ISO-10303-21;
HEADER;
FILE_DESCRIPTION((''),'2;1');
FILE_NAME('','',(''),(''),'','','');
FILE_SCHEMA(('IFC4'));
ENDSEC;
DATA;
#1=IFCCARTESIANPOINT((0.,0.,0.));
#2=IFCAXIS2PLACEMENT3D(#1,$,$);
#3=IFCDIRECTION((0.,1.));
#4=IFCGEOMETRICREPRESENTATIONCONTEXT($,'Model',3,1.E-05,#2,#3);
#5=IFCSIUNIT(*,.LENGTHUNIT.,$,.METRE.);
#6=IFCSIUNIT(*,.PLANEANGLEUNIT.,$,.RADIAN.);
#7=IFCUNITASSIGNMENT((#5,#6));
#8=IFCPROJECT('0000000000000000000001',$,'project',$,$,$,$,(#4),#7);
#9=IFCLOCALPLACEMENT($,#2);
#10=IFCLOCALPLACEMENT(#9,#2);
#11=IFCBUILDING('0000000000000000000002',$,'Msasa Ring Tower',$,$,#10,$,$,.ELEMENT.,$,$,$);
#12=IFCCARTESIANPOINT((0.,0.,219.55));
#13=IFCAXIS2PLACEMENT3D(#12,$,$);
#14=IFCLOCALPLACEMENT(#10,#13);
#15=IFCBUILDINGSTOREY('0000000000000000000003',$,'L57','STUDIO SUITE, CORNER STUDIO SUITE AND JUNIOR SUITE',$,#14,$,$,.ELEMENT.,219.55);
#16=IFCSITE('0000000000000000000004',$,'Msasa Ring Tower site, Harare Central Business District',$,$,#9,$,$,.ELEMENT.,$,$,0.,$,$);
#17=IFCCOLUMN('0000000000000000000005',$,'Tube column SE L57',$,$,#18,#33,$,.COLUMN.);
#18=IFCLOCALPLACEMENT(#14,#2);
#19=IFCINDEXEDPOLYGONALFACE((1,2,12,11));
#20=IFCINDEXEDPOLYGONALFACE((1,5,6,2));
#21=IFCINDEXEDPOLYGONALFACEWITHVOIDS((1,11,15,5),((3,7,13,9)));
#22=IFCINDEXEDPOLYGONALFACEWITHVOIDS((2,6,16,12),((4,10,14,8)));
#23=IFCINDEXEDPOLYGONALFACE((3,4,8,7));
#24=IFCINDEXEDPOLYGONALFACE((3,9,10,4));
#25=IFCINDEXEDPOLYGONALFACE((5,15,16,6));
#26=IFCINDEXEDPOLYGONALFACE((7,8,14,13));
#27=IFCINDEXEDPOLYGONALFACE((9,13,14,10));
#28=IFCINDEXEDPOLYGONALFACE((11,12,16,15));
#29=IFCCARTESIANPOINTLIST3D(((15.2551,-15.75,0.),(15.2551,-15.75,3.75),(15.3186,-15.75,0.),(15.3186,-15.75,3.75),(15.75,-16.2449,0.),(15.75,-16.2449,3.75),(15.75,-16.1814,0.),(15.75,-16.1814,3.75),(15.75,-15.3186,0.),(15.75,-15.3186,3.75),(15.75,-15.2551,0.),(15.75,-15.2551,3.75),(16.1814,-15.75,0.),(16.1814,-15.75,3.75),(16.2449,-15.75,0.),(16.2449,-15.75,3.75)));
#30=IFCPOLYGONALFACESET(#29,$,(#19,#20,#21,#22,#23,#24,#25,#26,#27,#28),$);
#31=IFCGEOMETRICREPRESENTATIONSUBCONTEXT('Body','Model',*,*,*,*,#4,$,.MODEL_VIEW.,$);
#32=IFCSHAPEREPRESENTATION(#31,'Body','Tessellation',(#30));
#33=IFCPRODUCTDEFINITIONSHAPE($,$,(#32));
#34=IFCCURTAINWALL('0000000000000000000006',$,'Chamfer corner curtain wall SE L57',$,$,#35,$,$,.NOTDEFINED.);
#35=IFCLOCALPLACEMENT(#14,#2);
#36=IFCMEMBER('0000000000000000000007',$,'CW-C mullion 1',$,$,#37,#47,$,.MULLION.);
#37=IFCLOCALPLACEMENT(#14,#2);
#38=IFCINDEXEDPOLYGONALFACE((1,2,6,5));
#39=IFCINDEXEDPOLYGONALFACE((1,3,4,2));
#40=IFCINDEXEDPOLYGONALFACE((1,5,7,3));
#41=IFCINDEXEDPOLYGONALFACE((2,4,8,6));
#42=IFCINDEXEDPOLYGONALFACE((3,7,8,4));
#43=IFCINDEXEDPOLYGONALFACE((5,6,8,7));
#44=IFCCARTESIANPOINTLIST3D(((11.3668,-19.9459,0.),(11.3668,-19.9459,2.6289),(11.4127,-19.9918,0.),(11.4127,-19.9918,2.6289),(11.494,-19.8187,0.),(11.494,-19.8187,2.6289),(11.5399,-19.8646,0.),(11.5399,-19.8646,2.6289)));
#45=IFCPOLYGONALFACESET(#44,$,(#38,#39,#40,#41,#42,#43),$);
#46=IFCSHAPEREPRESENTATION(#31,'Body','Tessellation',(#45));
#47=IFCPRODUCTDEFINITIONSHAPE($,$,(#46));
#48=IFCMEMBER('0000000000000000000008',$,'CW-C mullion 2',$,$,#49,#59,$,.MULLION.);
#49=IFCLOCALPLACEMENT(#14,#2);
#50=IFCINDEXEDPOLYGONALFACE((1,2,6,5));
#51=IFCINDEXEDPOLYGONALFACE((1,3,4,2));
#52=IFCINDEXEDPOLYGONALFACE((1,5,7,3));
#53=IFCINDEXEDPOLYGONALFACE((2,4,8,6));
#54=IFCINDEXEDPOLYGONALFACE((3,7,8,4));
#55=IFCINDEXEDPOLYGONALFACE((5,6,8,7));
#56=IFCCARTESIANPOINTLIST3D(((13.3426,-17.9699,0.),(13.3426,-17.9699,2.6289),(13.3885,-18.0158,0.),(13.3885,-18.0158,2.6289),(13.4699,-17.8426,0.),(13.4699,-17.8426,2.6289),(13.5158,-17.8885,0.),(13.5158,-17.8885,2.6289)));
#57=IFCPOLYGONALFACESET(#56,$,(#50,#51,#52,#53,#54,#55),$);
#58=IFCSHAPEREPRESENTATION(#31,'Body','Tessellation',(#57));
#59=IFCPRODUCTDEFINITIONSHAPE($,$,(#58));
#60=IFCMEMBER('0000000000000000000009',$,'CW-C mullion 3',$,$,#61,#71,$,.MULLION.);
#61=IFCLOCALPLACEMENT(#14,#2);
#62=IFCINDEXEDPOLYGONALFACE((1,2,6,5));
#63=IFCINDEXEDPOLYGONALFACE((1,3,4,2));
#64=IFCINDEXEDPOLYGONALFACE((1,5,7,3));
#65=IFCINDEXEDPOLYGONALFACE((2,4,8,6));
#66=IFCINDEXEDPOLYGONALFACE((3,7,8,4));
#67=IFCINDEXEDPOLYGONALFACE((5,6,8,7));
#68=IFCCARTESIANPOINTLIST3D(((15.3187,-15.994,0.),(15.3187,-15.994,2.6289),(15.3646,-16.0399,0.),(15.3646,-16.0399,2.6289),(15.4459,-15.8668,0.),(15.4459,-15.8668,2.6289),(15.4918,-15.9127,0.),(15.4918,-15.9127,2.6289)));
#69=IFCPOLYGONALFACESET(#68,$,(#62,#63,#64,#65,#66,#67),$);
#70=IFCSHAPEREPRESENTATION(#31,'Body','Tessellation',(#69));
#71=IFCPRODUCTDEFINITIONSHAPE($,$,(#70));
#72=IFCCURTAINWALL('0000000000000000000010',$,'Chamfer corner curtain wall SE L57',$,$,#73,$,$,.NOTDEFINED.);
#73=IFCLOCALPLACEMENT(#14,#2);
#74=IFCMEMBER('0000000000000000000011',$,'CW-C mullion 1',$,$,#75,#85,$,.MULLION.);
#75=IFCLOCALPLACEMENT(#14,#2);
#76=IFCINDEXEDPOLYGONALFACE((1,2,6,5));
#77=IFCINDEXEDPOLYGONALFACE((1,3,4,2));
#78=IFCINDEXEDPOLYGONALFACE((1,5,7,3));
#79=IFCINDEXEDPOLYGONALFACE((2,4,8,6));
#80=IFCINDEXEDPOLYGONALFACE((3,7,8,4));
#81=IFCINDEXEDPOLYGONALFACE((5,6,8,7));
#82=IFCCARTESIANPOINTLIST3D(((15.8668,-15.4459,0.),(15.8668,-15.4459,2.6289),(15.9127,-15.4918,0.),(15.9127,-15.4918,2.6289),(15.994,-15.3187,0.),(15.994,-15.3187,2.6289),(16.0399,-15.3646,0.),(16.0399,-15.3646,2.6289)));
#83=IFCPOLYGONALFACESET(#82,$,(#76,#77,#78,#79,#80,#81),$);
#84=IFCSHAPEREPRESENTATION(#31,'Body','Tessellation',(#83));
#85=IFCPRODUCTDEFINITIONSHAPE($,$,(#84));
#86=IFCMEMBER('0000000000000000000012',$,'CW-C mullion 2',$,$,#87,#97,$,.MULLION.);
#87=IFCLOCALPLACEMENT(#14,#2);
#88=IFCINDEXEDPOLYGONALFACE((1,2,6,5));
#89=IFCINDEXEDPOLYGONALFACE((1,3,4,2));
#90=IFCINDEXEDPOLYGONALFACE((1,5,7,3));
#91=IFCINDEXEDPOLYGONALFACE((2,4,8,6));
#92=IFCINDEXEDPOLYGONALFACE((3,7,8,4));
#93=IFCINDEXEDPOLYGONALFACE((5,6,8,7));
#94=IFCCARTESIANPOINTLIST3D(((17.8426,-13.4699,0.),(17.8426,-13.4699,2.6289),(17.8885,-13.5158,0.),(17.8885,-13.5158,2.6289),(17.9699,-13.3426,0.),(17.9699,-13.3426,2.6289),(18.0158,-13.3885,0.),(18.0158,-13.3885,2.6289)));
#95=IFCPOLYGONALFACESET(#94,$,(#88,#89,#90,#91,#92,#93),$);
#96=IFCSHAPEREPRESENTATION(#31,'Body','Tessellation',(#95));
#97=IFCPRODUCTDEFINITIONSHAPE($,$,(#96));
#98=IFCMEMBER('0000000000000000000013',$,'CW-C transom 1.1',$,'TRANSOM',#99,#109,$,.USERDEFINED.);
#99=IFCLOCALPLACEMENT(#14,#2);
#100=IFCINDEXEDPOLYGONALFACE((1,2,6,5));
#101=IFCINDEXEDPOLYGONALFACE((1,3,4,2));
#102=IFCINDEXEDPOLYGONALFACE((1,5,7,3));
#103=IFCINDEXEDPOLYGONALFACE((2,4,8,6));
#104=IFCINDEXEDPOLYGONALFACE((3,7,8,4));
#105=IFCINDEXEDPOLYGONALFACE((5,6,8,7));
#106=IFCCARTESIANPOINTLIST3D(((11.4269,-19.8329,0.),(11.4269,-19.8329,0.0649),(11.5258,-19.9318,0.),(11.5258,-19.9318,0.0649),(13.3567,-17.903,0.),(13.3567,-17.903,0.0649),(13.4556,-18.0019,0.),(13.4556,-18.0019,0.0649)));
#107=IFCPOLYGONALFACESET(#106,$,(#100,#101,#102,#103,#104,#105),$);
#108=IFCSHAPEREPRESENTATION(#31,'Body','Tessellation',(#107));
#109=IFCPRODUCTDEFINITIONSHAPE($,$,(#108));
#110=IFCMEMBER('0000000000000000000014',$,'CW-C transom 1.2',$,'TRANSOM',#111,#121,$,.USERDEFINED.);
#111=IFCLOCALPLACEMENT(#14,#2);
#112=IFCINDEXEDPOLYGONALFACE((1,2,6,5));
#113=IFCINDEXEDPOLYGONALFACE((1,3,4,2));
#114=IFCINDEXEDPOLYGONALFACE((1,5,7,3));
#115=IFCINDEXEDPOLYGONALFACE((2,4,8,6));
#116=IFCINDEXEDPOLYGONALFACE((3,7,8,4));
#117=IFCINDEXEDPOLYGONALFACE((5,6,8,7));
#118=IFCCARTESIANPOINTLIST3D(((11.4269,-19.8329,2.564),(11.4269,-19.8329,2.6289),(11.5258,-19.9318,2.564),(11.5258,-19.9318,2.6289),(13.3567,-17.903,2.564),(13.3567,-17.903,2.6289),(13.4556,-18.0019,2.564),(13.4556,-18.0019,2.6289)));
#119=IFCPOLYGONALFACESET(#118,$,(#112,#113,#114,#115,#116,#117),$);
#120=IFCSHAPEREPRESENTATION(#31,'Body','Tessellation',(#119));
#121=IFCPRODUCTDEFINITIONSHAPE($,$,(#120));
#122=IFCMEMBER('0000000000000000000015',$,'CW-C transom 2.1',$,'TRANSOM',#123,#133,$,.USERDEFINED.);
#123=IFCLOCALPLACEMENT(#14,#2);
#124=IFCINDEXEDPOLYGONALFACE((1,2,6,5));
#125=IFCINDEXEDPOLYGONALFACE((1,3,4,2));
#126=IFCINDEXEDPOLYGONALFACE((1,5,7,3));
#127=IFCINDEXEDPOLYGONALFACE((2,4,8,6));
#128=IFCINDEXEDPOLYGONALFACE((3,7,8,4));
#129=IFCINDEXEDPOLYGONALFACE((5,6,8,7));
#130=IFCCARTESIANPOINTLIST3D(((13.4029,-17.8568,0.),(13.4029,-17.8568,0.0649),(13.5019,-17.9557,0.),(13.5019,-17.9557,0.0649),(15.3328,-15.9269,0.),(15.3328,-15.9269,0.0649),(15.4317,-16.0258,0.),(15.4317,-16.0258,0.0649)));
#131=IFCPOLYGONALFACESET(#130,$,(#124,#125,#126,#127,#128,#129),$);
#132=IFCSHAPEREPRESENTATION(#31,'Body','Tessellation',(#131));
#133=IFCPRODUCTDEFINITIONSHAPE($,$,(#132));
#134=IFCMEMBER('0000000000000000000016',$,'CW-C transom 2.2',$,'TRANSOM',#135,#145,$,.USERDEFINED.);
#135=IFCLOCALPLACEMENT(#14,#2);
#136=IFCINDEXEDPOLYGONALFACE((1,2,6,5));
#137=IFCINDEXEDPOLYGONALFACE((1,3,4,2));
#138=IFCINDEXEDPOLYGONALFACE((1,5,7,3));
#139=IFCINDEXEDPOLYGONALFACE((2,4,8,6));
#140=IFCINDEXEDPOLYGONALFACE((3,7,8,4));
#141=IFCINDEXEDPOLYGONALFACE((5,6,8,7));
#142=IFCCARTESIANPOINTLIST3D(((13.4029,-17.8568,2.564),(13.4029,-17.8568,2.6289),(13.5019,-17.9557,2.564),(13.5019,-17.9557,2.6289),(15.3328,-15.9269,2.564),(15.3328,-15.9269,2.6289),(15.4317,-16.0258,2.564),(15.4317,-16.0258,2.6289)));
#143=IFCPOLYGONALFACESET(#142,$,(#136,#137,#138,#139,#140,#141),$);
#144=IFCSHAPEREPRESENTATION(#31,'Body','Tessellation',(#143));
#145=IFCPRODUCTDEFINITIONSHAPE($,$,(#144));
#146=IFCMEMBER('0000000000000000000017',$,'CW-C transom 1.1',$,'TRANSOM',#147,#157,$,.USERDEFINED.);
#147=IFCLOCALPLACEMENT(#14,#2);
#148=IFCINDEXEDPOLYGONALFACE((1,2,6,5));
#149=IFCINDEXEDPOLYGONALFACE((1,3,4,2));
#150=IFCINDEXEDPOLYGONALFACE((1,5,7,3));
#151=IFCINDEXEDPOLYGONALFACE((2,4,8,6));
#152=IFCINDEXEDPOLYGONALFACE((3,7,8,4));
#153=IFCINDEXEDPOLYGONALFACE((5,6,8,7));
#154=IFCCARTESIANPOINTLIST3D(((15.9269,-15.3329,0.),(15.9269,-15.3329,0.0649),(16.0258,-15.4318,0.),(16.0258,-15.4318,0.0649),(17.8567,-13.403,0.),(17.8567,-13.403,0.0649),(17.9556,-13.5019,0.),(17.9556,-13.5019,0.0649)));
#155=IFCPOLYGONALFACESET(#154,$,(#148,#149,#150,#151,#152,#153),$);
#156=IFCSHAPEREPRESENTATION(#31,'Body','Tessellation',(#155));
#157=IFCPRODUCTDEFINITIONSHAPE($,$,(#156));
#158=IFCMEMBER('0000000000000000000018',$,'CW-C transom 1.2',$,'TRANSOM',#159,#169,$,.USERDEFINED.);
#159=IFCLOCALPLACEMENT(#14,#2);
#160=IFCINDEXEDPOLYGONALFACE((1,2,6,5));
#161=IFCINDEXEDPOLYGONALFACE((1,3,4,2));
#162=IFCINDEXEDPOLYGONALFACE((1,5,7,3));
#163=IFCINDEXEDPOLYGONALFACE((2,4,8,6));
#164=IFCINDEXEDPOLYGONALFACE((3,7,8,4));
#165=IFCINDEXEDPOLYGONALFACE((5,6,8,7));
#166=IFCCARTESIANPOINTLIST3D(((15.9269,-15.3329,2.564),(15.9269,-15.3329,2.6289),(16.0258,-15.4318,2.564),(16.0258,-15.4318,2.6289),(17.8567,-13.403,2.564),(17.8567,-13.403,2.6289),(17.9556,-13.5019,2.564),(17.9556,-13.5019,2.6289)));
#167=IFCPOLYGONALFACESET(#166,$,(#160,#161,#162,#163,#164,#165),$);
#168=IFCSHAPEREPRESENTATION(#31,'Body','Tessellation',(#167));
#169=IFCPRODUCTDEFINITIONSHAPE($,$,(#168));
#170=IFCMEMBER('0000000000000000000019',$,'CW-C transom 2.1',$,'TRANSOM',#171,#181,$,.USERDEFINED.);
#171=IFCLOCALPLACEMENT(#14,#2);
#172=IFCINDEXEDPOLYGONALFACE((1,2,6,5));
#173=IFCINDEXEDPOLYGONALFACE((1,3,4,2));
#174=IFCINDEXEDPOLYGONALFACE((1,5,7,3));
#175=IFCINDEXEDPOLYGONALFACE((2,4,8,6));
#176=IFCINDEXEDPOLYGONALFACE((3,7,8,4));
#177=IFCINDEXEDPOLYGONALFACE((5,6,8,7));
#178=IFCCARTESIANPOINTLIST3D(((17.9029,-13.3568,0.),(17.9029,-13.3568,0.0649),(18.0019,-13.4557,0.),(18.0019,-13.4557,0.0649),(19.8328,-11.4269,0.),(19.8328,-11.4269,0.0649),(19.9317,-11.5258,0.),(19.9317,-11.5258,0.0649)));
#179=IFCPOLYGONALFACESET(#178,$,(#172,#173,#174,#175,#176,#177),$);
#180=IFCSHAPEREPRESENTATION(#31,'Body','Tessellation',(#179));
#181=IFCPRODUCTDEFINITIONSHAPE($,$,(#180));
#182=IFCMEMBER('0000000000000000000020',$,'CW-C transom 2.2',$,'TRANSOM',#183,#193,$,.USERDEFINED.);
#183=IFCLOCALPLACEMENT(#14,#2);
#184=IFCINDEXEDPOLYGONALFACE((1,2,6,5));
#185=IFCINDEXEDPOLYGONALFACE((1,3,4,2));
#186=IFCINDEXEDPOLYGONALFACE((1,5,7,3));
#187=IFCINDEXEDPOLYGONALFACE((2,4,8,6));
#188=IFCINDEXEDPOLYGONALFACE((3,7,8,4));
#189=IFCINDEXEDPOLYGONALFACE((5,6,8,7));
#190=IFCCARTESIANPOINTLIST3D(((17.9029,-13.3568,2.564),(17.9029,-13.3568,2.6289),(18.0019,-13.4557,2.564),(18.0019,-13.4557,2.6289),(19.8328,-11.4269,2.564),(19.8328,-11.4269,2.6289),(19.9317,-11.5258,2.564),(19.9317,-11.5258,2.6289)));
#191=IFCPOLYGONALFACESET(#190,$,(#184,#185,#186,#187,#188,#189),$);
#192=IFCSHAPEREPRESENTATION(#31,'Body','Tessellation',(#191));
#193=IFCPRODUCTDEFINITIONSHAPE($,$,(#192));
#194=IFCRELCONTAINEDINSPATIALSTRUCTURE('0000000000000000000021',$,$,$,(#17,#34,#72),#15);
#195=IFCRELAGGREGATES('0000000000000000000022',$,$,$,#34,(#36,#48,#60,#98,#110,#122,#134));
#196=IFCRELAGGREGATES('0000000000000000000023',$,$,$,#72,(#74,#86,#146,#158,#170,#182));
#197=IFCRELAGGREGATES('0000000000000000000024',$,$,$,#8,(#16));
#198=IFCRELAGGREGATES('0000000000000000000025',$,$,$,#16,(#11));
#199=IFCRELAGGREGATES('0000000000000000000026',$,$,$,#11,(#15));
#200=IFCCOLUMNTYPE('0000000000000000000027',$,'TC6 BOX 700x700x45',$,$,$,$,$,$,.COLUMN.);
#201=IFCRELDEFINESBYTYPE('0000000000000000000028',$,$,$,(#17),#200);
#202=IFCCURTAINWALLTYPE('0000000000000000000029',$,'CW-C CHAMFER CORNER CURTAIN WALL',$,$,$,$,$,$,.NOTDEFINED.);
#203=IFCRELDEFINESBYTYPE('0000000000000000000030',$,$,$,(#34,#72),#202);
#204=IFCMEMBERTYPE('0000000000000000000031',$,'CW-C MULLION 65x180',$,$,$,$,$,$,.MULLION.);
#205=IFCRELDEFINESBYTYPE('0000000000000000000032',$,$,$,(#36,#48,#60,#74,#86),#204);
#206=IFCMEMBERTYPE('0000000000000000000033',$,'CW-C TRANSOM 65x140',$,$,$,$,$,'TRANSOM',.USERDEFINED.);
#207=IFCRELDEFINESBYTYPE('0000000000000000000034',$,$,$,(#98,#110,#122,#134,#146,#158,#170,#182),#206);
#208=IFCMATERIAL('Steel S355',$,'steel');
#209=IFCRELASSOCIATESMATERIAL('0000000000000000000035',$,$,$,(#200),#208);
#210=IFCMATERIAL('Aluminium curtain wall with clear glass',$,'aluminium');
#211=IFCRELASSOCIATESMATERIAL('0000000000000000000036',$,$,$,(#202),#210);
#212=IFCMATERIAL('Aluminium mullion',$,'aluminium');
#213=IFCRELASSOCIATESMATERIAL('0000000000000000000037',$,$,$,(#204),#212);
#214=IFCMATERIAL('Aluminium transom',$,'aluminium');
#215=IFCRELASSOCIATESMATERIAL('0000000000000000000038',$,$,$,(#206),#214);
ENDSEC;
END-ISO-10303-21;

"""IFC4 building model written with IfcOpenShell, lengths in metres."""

from ifc_helpers import new_model, si_unit, direction, frame, origin, origin_2d, place, context, subcontext, project, spatial, rectangle, hollow_rectangle, extrude, material, material_profile, profile_set, type_object, element, aggregate, save


model = new_model("IFC4")

# Units and contexts
model_context = context("Model", 3, precision=1e-05, world=origin(), true_north=direction((0.0, 1.0)))
body_context = subcontext(model_context, "Body", "Model", "MODEL_VIEW")
ifc_project = project(units=[si_unit("LENGTHUNIT", "METRE"), si_unit("PLANEANGLEUNIT", "RADIAN")], contexts=[model_context])

# Site, building, storey
site_placement = place(None, origin())
site = spatial("IfcSite", under=ifc_project, at=site_placement, Name="Msasa Ring Tower site, Harare Central Business District", CompositionType="ELEMENT", RefElevation=0.0)
building_placement = place(site_placement, origin())
building = spatial("IfcBuilding", under=site, at=building_placement, Name="Msasa Ring Tower", CompositionType="ELEMENT")
storey_placement = place(building_placement, frame((0.0, 0.0, 219.55)))
storey = spatial("IfcBuildingStorey", under=building, at=storey_placement, Name="L57", Description="STUDIO SUITE, CORNER STUDIO SUITE AND JUNIOR SUITE", CompositionType="ELEMENT", Elevation=219.55)

# Column
ifc_material_1 = material(Name="Steel S355", Category="steel")
ifc_material_profile_1 = material_profile(ifc_material_1, hollow_rectangle(XDim=0.7, YDim=0.7, WallThickness=0.0449, at=origin_2d()), Name="BOX 700x700x45")
ifc_profile_set_1 = profile_set([ifc_material_profile_1], Name="Steel S355")
column_type = type_object("IfcColumnType", Name="TC6 BOX 700x700x45", PredefinedType="COLUMN", material=ifc_profile_set_1)
column_placement = place(storey_placement, frame((15.75, -15.75, 0.0), z_axis=(0.0, 0.0, 1.0), x_axis=(0.707107, -0.707107, 0.0)))
element("IfcColumn", 1, at=column_placement, inside=storey, type_object=column_type, Name="Tube column SE L57", PredefinedType="COLUMN", context=body_context, shape_type="SweptSolid", body=[
    extrude(hollow_rectangle(XDim=0.7, YDim=0.7, WallThickness=0.0449, at=origin_2d()), origin(), (0.0, 0.0, 1.0), 3.75),
])

# Curtain walls, members
ifc_material_2 = material(Name="Aluminium curtain wall with clear glass", Category="aluminium")
curtain_wall_type = type_object("IfcCurtainWallType", Name="CW-C CHAMFER CORNER CURTAIN WALL", PredefinedType="NOTDEFINED", material=ifc_material_2)
curtain_wall_1_placement = place(storey_placement, origin())
curtain_wall_1 = element("IfcCurtainWall", 2, at=curtain_wall_1_placement, inside=storey, type_object=curtain_wall_type, Name="Chamfer corner curtain wall SE L57", PredefinedType="NOTDEFINED")
ifc_material_3 = material(Name="Aluminium mullion", Category="aluminium")
ifc_material_profile_2 = material_profile(ifc_material_3, rectangle(XDim=0.0649, YDim=0.1799, at=origin_2d()), Name="AL 65x180")
ifc_profile_set_2 = profile_set([ifc_material_profile_2], Name="Aluminium mullion")
member_type_1 = type_object("IfcMemberType", Name="CW-C MULLION 65x180", PredefinedType="MULLION", material=ifc_profile_set_2)
member_1_placement = place(storey_placement, frame((11.4534, -19.9053, 0.0), z_axis=(0.0, 0.0, 1.0), x_axis=(-0.707107, 0.707107, 0.0)))
member_1 = element("IfcMember", 3, at=member_1_placement, type_object=member_type_1, Name="CW-C mullion 1", PredefinedType="MULLION", context=body_context, shape_type="SweptSolid", body=[
    extrude(rectangle(XDim=0.0649, YDim=0.1799, at=origin_2d()), origin(), (0.0, 0.0, 1.0), 2.6289),
])
member_2_placement = place(storey_placement, frame((13.4292, -17.9292, 0.0), z_axis=(0.0, 0.0, 1.0), x_axis=(-0.707107, 0.707107, 0.0)))
member_2 = element("IfcMember", 4, at=member_2_placement, type_object=member_type_1, Name="CW-C mullion 2", PredefinedType="MULLION", context=body_context, shape_type="SweptSolid", body=[
    extrude(rectangle(XDim=0.0649, YDim=0.1799, at=origin_2d()), origin(), (0.0, 0.0, 1.0), 2.6289),
])
member_3_placement = place(storey_placement, frame((15.4053, -15.9534, 0.0), z_axis=(0.0, 0.0, 1.0), x_axis=(-0.707107, 0.707107, 0.0)))
member_3 = element("IfcMember", 5, at=member_3_placement, type_object=member_type_1, Name="CW-C mullion 3", PredefinedType="MULLION", context=body_context, shape_type="SweptSolid", body=[
    extrude(rectangle(XDim=0.0649, YDim=0.1799, at=origin_2d()), origin(), (0.0, 0.0, 1.0), 2.6289),
])
curtain_wall_2_placement = place(storey_placement, origin())
curtain_wall_2 = element("IfcCurtainWall", 6, at=curtain_wall_2_placement, inside=storey, type_object=curtain_wall_type, Name="Chamfer corner curtain wall SE L57", PredefinedType="NOTDEFINED")
member_4_placement = place(storey_placement, frame((15.9534, -15.4053, 0.0), z_axis=(0.0, 0.0, 1.0), x_axis=(-0.707107, 0.707107, 0.0)))
member_4 = element("IfcMember", 7, at=member_4_placement, type_object=member_type_1, Name="CW-C mullion 1", PredefinedType="MULLION", context=body_context, shape_type="SweptSolid", body=[
    extrude(rectangle(XDim=0.0649, YDim=0.1799, at=origin_2d()), origin(), (0.0, 0.0, 1.0), 2.6289),
])
member_5_placement = place(storey_placement, frame((17.9292, -13.4292, 0.0), z_axis=(0.0, 0.0, 1.0), x_axis=(-0.707107, 0.707107, 0.0)))
member_5 = element("IfcMember", 8, at=member_5_placement, type_object=member_type_1, Name="CW-C mullion 2", PredefinedType="MULLION", context=body_context, shape_type="SweptSolid", body=[
    extrude(rectangle(XDim=0.0649, YDim=0.1799, at=origin_2d()), origin(), (0.0, 0.0, 1.0), 2.6289),
])

# Members
ifc_material_4 = material(Name="Aluminium transom", Category="aluminium")
ifc_material_profile_3 = material_profile(ifc_material_4, rectangle(XDim=0.1399, YDim=0.0649, at=origin_2d()), Name="AL 65x140")
ifc_profile_set_3 = profile_set([ifc_material_profile_3], Name="Aluminium transom")
member_type_2 = type_object("IfcMemberType", Name="CW-C TRANSOM 65x140", ElementType="TRANSOM", PredefinedType="USERDEFINED", material=ifc_profile_set_3)
member_6_placement = place(storey_placement, frame((11.4763, -19.8823, 0.0325), z_axis=(0.707107, 0.707107, 0.0), x_axis=(-0.707107, 0.707107, 0.0)))
member_6 = element("IfcMember", 9, at=member_6_placement, type_object=member_type_2, Name="CW-C transom 1.1", ObjectType="TRANSOM", PredefinedType="USERDEFINED", context=body_context, shape_type="SweptSolid", body=[
    extrude(rectangle(XDim=0.1399, YDim=0.0649, at=origin_2d()), origin(), (0.0, 0.0, 1.0), 2.7292),
])
member_7_placement = place(storey_placement, frame((11.4763, -19.8823, 2.5964), z_axis=(0.707107, 0.707107, 0.0), x_axis=(-0.707107, 0.707107, 0.0)))
member_7 = element("IfcMember", 10, at=member_7_placement, type_object=member_type_2, Name="CW-C transom 1.2", ObjectType="TRANSOM", PredefinedType="USERDEFINED", context=body_context, shape_type="SweptSolid", body=[
    extrude(rectangle(XDim=0.1399, YDim=0.0649, at=origin_2d()), origin(), (0.0, 0.0, 1.0), 2.7292),
])
member_8_placement = place(storey_placement, frame((13.4524, -17.9062, 0.0325), z_axis=(0.707107, 0.707107, 0.0), x_axis=(-0.707107, 0.707107, 0.0)))
member_8 = element("IfcMember", 11, at=member_8_placement, type_object=member_type_2, Name="CW-C transom 2.1", ObjectType="TRANSOM", PredefinedType="USERDEFINED", context=body_context, shape_type="SweptSolid", body=[
    extrude(rectangle(XDim=0.1399, YDim=0.0649, at=origin_2d()), origin(), (0.0, 0.0, 1.0), 2.7292),
])
member_9_placement = place(storey_placement, frame((13.4524, -17.9062, 2.5964), z_axis=(0.707107, 0.707107, 0.0), x_axis=(-0.707107, 0.707107, 0.0)))
member_9 = element("IfcMember", 12, at=member_9_placement, type_object=member_type_2, Name="CW-C transom 2.2", ObjectType="TRANSOM", PredefinedType="USERDEFINED", context=body_context, shape_type="SweptSolid", body=[
    extrude(rectangle(XDim=0.1399, YDim=0.0649, at=origin_2d()), origin(), (0.0, 0.0, 1.0), 2.7292),
])
member_10_placement = place(storey_placement, frame((15.9763, -15.3823, 0.0325), z_axis=(0.707107, 0.707107, 0.0), x_axis=(-0.707107, 0.707107, 0.0)))
member_10 = element("IfcMember", 13, at=member_10_placement, type_object=member_type_2, Name="CW-C transom 1.1", ObjectType="TRANSOM", PredefinedType="USERDEFINED", context=body_context, shape_type="SweptSolid", body=[
    extrude(rectangle(XDim=0.1399, YDim=0.0649, at=origin_2d()), origin(), (0.0, 0.0, 1.0), 2.7292),
])
member_11_placement = place(storey_placement, frame((15.9763, -15.3823, 2.5964), z_axis=(0.707107, 0.707107, 0.0), x_axis=(-0.707107, 0.707107, 0.0)))
member_11 = element("IfcMember", 14, at=member_11_placement, type_object=member_type_2, Name="CW-C transom 1.2", ObjectType="TRANSOM", PredefinedType="USERDEFINED", context=body_context, shape_type="SweptSolid", body=[
    extrude(rectangle(XDim=0.1399, YDim=0.0649, at=origin_2d()), origin(), (0.0, 0.0, 1.0), 2.7292),
])
member_12_placement = place(storey_placement, frame((17.9524, -13.4062, 0.0325), z_axis=(0.707107, 0.707107, 0.0), x_axis=(-0.707107, 0.707107, 0.0)))
member_12 = element("IfcMember", 15, at=member_12_placement, type_object=member_type_2, Name="CW-C transom 2.1", ObjectType="TRANSOM", PredefinedType="USERDEFINED", context=body_context, shape_type="SweptSolid", body=[
    extrude(rectangle(XDim=0.1399, YDim=0.0649, at=origin_2d()), origin(), (0.0, 0.0, 1.0), 2.7292),
])
member_13_placement = place(storey_placement, frame((17.9524, -13.4062, 2.5964), z_axis=(0.707107, 0.707107, 0.0), x_axis=(-0.707107, 0.707107, 0.0)))
member_13 = element("IfcMember", 16, at=member_13_placement, type_object=member_type_2, Name="CW-C transom 2.2", ObjectType="TRANSOM", PredefinedType="USERDEFINED", context=body_context, shape_type="SweptSolid", body=[
    extrude(rectangle(XDim=0.1399, YDim=0.0649, at=origin_2d()), origin(), (0.0, 0.0, 1.0), 2.7292),
])

aggregate(curtain_wall_1, [member_1, member_2, member_3, member_6, member_7, member_8, member_9])
aggregate(curtain_wall_2, [member_4, member_5, member_10, member_11, member_12, member_13])

save(model, "model.ifc")
